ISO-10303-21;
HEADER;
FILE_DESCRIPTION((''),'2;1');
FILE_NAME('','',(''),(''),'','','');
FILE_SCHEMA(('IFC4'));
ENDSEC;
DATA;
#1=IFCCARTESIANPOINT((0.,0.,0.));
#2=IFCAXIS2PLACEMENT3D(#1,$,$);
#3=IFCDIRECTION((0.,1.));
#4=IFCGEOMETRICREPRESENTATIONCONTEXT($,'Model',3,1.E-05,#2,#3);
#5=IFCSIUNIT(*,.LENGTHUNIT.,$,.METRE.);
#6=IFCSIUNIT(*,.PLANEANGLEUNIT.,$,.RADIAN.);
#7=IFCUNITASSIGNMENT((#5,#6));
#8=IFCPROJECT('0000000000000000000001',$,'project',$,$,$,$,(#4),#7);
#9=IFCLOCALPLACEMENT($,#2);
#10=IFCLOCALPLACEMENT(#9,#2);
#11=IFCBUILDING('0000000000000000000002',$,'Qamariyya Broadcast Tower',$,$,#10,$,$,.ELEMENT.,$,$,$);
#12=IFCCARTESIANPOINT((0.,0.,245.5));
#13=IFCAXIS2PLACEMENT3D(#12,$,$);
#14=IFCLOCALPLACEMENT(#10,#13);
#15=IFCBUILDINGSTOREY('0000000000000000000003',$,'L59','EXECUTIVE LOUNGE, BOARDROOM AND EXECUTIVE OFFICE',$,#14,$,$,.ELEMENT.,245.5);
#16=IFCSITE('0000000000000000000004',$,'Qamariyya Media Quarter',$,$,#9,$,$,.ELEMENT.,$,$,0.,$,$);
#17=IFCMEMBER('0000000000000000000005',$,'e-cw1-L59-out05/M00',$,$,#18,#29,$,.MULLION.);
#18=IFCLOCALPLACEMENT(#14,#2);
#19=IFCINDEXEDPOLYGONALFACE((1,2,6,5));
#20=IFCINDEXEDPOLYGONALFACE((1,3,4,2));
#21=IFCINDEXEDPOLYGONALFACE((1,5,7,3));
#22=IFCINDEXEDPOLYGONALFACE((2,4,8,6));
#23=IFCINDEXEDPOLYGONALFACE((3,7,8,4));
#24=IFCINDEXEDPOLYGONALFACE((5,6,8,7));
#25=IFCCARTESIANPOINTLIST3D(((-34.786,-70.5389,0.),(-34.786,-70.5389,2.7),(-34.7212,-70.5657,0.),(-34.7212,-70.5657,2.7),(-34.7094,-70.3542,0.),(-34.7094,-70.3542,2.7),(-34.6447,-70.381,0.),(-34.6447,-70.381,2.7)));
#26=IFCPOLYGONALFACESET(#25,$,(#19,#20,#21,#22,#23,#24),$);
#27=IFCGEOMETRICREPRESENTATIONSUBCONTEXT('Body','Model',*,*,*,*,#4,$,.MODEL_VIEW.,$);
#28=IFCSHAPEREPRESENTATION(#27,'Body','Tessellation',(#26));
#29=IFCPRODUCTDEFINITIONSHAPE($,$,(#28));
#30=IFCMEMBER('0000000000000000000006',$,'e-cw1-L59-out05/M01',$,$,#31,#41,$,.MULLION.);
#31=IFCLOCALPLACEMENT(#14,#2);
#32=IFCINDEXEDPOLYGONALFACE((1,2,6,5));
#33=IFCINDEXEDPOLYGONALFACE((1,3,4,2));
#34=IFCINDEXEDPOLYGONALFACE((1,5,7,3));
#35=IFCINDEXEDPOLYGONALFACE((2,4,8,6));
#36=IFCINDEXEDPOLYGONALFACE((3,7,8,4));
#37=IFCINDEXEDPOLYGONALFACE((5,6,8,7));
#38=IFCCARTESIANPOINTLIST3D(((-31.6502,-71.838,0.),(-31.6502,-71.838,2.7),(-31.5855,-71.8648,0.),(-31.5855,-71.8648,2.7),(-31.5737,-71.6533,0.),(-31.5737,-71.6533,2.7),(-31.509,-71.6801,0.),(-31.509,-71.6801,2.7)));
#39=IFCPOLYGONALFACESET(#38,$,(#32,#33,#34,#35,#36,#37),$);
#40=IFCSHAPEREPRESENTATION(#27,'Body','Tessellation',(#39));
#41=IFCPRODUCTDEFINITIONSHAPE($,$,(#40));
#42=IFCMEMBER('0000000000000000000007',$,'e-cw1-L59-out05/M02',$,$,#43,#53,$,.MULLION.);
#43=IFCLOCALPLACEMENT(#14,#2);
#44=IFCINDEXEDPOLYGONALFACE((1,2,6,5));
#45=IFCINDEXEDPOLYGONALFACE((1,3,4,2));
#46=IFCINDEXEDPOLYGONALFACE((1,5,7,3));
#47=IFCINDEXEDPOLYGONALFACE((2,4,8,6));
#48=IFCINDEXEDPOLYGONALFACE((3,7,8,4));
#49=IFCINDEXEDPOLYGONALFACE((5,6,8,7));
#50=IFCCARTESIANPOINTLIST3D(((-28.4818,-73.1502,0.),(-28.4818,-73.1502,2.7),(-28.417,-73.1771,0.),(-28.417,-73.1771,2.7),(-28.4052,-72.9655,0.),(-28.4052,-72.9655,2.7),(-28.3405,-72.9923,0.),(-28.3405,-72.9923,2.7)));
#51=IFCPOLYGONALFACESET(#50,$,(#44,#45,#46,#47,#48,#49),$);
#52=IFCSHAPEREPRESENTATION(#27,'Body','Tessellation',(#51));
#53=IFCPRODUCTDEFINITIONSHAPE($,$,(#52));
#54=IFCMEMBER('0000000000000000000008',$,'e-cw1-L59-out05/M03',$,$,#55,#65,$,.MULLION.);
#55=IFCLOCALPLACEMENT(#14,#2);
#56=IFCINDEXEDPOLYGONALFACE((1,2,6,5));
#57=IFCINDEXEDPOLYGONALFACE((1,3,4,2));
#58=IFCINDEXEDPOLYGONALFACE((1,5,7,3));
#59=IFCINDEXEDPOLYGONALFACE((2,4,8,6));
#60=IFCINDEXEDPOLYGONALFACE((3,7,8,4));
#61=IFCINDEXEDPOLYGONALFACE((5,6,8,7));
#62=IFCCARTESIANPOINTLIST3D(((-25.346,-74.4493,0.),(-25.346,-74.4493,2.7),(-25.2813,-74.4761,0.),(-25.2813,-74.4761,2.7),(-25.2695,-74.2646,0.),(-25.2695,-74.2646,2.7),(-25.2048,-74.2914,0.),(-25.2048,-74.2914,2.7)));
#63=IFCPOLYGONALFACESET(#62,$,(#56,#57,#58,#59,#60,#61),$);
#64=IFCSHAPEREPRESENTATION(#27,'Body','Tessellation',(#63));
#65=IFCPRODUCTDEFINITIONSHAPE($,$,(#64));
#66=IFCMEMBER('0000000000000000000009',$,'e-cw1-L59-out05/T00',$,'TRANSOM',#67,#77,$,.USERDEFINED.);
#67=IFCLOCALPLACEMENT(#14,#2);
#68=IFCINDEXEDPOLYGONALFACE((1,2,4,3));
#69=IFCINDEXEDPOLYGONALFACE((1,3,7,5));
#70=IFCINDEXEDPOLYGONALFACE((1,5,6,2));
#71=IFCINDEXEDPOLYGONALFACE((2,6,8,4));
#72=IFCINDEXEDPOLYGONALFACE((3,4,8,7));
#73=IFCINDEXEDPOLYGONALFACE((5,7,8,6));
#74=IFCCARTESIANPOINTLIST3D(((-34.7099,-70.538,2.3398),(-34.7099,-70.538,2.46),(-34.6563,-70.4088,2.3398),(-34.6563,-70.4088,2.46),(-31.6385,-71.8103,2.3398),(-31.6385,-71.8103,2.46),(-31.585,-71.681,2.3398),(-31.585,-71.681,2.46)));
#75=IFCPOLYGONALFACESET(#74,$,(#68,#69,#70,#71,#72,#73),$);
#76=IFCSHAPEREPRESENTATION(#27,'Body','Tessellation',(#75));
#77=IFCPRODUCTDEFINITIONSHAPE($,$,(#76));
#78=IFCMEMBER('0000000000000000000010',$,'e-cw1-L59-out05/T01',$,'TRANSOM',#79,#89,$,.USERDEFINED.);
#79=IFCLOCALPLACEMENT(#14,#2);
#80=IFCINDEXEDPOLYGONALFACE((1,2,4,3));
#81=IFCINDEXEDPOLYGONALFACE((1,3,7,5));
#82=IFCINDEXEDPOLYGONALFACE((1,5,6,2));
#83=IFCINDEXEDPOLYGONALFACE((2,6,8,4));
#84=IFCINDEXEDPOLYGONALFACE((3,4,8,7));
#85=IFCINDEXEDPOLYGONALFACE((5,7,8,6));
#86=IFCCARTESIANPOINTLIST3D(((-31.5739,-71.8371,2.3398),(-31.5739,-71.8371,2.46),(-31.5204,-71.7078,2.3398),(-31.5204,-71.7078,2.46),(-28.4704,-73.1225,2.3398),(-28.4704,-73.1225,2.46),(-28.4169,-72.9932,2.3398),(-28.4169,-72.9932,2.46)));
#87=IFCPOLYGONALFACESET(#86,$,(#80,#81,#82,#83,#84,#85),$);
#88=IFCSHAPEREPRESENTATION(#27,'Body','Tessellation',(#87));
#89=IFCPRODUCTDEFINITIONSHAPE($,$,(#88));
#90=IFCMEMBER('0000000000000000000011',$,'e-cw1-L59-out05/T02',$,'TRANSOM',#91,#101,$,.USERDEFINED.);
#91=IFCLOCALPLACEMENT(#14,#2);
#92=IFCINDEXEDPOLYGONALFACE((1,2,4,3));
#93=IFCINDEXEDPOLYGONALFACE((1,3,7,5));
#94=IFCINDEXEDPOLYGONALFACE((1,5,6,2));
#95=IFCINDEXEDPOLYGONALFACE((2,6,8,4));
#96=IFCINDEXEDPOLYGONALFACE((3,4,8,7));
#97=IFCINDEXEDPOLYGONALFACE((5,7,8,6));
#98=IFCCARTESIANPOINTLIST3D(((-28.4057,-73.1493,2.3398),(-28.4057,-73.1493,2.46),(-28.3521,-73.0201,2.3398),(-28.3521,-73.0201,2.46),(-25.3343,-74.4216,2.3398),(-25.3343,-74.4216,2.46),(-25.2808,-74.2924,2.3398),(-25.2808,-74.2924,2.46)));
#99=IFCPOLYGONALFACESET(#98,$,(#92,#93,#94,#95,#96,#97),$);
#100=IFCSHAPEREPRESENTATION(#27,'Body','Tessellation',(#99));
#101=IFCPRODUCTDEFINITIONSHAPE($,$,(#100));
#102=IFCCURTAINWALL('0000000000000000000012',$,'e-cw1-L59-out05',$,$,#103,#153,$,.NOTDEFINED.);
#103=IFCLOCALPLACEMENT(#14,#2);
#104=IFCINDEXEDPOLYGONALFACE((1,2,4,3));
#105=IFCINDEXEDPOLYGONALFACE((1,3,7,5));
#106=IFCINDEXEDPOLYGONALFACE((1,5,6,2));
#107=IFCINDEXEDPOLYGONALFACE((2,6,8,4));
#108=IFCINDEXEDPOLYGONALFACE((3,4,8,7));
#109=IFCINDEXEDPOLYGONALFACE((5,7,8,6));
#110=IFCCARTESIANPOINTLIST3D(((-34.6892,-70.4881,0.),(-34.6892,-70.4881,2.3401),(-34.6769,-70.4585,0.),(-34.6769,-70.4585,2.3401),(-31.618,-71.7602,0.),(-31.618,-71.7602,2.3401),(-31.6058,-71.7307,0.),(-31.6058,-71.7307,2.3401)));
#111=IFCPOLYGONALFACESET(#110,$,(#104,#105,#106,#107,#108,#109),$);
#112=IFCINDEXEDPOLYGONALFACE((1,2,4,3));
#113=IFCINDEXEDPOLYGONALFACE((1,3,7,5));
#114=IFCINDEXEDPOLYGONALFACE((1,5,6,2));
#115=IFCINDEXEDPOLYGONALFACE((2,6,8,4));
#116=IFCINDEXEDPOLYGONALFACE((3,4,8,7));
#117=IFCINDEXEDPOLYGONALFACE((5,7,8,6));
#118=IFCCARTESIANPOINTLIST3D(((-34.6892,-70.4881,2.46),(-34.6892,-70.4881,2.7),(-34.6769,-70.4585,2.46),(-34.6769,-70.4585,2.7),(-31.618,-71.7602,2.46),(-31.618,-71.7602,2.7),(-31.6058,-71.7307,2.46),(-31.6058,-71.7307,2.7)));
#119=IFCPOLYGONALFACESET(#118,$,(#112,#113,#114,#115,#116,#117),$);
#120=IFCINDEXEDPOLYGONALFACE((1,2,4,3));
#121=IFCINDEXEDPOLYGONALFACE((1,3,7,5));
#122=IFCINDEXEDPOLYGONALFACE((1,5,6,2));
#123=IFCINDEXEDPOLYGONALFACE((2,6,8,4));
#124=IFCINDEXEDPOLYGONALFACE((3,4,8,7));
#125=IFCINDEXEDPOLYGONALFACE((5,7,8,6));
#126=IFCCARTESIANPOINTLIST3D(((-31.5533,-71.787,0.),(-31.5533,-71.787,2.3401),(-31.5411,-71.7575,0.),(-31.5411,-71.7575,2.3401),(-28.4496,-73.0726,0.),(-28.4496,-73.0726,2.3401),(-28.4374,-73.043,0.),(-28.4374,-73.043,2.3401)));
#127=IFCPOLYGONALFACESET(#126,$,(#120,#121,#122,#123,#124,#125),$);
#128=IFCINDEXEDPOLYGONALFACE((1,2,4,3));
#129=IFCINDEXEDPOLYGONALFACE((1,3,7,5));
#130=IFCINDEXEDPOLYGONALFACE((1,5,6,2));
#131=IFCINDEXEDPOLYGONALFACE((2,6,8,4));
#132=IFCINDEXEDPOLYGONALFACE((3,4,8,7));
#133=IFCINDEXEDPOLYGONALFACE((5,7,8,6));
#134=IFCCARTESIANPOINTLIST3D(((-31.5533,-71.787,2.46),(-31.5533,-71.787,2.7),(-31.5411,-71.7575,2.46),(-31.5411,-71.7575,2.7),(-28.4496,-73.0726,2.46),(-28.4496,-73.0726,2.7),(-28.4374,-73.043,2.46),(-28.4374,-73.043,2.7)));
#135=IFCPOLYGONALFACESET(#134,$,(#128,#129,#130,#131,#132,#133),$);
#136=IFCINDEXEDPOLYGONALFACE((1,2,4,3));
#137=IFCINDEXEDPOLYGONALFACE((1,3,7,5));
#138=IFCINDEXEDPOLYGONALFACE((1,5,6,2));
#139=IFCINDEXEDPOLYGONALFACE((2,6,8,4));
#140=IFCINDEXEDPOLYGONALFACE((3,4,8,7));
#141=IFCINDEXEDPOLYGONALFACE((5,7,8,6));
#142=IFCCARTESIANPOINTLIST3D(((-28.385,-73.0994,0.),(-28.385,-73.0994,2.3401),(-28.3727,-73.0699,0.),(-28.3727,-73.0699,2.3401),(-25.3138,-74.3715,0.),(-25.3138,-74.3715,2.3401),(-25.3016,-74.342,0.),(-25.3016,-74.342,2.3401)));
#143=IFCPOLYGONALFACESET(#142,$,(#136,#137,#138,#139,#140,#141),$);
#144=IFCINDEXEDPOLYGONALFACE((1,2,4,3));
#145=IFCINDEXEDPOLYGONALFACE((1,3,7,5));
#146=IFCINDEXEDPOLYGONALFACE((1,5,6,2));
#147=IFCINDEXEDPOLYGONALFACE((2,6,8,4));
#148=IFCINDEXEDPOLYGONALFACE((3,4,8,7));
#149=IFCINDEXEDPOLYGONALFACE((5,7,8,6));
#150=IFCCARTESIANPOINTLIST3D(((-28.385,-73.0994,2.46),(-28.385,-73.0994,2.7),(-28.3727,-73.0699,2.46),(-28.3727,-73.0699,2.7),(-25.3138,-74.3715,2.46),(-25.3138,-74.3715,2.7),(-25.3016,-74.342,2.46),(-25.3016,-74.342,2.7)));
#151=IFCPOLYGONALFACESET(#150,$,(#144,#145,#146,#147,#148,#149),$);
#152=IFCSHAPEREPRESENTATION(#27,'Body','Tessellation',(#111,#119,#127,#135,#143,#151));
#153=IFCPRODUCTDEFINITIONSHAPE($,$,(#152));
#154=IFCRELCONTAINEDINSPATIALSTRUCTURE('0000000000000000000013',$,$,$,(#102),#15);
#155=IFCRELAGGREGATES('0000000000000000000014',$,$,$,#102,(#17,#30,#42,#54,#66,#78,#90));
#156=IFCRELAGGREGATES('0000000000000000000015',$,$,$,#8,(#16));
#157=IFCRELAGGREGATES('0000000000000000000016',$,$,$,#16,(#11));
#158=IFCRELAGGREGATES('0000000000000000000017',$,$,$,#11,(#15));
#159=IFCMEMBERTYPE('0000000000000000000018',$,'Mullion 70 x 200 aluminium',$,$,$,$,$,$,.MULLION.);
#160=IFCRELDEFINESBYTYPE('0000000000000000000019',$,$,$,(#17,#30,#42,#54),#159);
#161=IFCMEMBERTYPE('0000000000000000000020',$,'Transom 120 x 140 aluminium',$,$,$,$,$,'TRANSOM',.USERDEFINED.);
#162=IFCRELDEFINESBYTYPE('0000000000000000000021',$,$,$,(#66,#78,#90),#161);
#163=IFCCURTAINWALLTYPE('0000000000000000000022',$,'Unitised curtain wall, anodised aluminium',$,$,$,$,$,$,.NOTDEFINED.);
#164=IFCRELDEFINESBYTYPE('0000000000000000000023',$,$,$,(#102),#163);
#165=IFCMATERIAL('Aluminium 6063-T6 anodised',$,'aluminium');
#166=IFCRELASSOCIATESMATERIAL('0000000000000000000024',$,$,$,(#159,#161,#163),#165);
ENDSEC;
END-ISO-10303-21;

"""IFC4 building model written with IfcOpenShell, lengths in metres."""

from ifc_helpers import new_model, si_unit, direction, frame, origin, origin_2d, place, context, subcontext, project, spatial, rectangle, extrude, material, material_profile, profile_set, type_object, element, aggregate, save


model = new_model("IFC4")

# Units and contexts
model_context = context("Model", 3, precision=1e-05, world=origin(), true_north=direction((0.0, 1.0)))
body_context = subcontext(model_context, "Body", "Model", "MODEL_VIEW")
ifc_project = project(units=[si_unit("LENGTHUNIT", "METRE"), si_unit("PLANEANGLEUNIT", "RADIAN")], contexts=[model_context])

# Members
ifc_material = material(Name="Aluminium 6063-T6 anodised", Category="aluminium")
ifc_material_profile_1 = material_profile(ifc_material, rectangle(XDim=0.2, YDim=0.0701, at=origin_2d()))
ifc_profile_set_1 = profile_set([ifc_material_profile_1], Name="Aluminium 6063-T6 anodised")
member_type_1 = type_object("IfcMemberType", Name="Mullion 70 x 200 aluminium", PredefinedType="MULLION", material=ifc_profile_set_1)
site_placement = place(None, origin())
building_placement = place(site_placement, origin())
storey_placement = place(building_placement, frame((0.0, 0.0, 245.5)))
member_1_placement = place(storey_placement, frame((-34.7153, -70.46, 0.0), z_axis=(0.0, 0.0, 1.0), x_axis=(0.382683, 0.92388, 0.0)))
member_1 = element("IfcMember", 1, at=member_1_placement, type_object=member_type_1, Name="e-cw1-L59-out05/M00", PredefinedType="MULLION", context=body_context, shape_type="SweptSolid", body=[
    extrude(rectangle(XDim=0.2, YDim=0.0701, at=origin_2d()), origin(), (0.0, 0.0, 1.0), 2.7),
])
member_2_placement = place(storey_placement, frame((-31.5796, -71.759, 0.0), z_axis=(0.0, 0.0, 1.0), x_axis=(0.382683, 0.92388, 0.0)))
member_2 = element("IfcMember", 2, at=member_2_placement, type_object=member_type_1, Name="e-cw1-L59-out05/M01", PredefinedType="MULLION", context=body_context, shape_type="SweptSolid", body=[
    extrude(rectangle(XDim=0.2, YDim=0.0701, at=origin_2d()), origin(), (0.0, 0.0, 1.0), 2.7),
])
member_3_placement = place(storey_placement, frame((-28.4111, -73.0713, 0.0), z_axis=(0.0, 0.0, 1.0), x_axis=(0.382683, 0.92388, 0.0)))
member_3 = element("IfcMember", 3, at=member_3_placement, type_object=member_type_1, Name="e-cw1-L59-out05/M02", PredefinedType="MULLION", context=body_context, shape_type="SweptSolid", body=[
    extrude(rectangle(XDim=0.2, YDim=0.0701, at=origin_2d()), origin(), (0.0, 0.0, 1.0), 2.7),
])
member_4_placement = place(storey_placement, frame((-25.2754, -74.3704, 0.0), z_axis=(0.0, 0.0, 1.0), x_axis=(0.382683, 0.92388, 0.0)))
member_4 = element("IfcMember", 4, at=member_4_placement, type_object=member_type_1, Name="e-cw1-L59-out05/M03", PredefinedType="MULLION", context=body_context, shape_type="SweptSolid", body=[
    extrude(rectangle(XDim=0.2, YDim=0.0701, at=origin_2d()), origin(), (0.0, 0.0, 1.0), 2.7),
])
ifc_material_profile_2 = material_profile(ifc_material, rectangle(XDim=0.1399, YDim=0.1201, at=origin_2d()))
ifc_profile_set_2 = profile_set([ifc_material_profile_2], Name="Aluminium 6063-T6 anodised")
member_type_2 = type_object("IfcMemberType", Name="Transom 120 x 140 aluminium", ElementType="TRANSOM", PredefinedType="USERDEFINED", material=ifc_profile_set_2)
member_5_placement = place(storey_placement, frame((-34.6831, -70.4734, 2.3999), z_axis=(0.923875, -0.382696, 0.0), x_axis=(0.382696, 0.923875, 0.0)))
member_5 = element("IfcMember", 5, at=member_5_placement, type_object=member_type_2, Name="e-cw1-L59-out05/T00", ObjectType="TRANSOM", PredefinedType="USERDEFINED", context=body_context, shape_type="SweptSolid", body=[
    extrude(rectangle(XDim=0.1399, YDim=0.1201, at=origin_2d()), origin(), (0.0, 0.0, 1.0), 3.3245),
])
member_6_placement = place(storey_placement, frame((-31.5471, -71.7725, 2.3999), z_axis=(0.923892, -0.382653, 0.0), x_axis=(0.382653, 0.923892, 0.0)))
member_6 = element("IfcMember", 6, at=member_6_placement, type_object=member_type_2, Name="e-cw1-L59-out05/T01", ObjectType="TRANSOM", PredefinedType="USERDEFINED", context=body_context, shape_type="SweptSolid", body=[
    extrude(rectangle(XDim=0.1399, YDim=0.1201, at=origin_2d()), origin(), (0.0, 0.0, 1.0), 3.3591),
])
member_7_placement = place(storey_placement, frame((-28.3789, -73.0847, 2.3999), z_axis=(0.923875, -0.382696, 0.0), x_axis=(0.382696, 0.923875, 0.0)))
member_7 = element("IfcMember", 7, at=member_7_placement, type_object=member_type_2, Name="e-cw1-L59-out05/T02", ObjectType="TRANSOM", PredefinedType="USERDEFINED", context=body_context, shape_type="SweptSolid", body=[
    extrude(rectangle(XDim=0.1399, YDim=0.1201, at=origin_2d()), origin(), (0.0, 0.0, 1.0), 3.3245),
])

# Site, building, storey
site = spatial("IfcSite", under=ifc_project, at=site_placement, Name="Qamariyya Media Quarter", CompositionType="ELEMENT", RefElevation=0.0)
building = spatial("IfcBuilding", under=site, at=building_placement, Name="Qamariyya Broadcast Tower", CompositionType="ELEMENT")
storey = spatial("IfcBuildingStorey", under=building, at=storey_placement, Name="L59", Description="EXECUTIVE LOUNGE, BOARDROOM AND EXECUTIVE OFFICE", CompositionType="ELEMENT", Elevation=245.5)

# Curtain wall
curtain_wall_type = type_object("IfcCurtainWallType", Name="Unitised curtain wall, anodised aluminium", PredefinedType="NOTDEFINED", material=ifc_material)
curtain_wall_1_placement = place(storey_placement, origin())
curtain_wall_1 = element("IfcCurtainWall", 8, at=curtain_wall_1_placement, inside=storey, type_object=curtain_wall_type, Name="e-cw1-L59-out05", PredefinedType="NOTDEFINED", context=body_context, shape_type="SweptSolid", body=[
    extrude(rectangle(XDim=3.3242, YDim=0.032, at=origin_2d()), frame((-33.1475, -71.1094, 0.0), x_axis=(0.923881, -0.38268, 0.0)), (0.0, 0.0, 1.0), 2.3401),
    extrude(rectangle(XDim=3.3242, YDim=0.032, at=origin_2d()), frame((-33.1475, -71.1094, 2.46), x_axis=(0.923881, -0.38268, 0.0)), (0.0, 0.0, 1.0), 0.24),
    extrude(rectangle(XDim=3.3594, YDim=0.032, at=origin_2d()), frame((-29.9954, -72.415, 0.0), x_axis=(0.923881, -0.38268, 0.0)), (0.0, 0.0, 1.0), 2.3401),
    extrude(rectangle(XDim=3.3594, YDim=0.032, at=origin_2d()), frame((-29.9954, -72.415, 2.46), x_axis=(0.923881, -0.38268, 0.0)), (0.0, 0.0, 1.0), 0.24),
    extrude(rectangle(XDim=3.3242, YDim=0.032, at=origin_2d()), frame((-26.8433, -73.7207, 0.0), x_axis=(0.923881, -0.38268, 0.0)), (0.0, 0.0, 1.0), 2.3401),
    extrude(rectangle(XDim=3.3242, YDim=0.032, at=origin_2d()), frame((-26.8433, -73.7207, 2.46), x_axis=(0.923881, -0.38268, 0.0)), (0.0, 0.0, 1.0), 0.24),
])
aggregate(curtain_wall_1, [member_1, member_2, member_3, member_4, member_5, member_6, member_7])

save(model, "model.ifc")
